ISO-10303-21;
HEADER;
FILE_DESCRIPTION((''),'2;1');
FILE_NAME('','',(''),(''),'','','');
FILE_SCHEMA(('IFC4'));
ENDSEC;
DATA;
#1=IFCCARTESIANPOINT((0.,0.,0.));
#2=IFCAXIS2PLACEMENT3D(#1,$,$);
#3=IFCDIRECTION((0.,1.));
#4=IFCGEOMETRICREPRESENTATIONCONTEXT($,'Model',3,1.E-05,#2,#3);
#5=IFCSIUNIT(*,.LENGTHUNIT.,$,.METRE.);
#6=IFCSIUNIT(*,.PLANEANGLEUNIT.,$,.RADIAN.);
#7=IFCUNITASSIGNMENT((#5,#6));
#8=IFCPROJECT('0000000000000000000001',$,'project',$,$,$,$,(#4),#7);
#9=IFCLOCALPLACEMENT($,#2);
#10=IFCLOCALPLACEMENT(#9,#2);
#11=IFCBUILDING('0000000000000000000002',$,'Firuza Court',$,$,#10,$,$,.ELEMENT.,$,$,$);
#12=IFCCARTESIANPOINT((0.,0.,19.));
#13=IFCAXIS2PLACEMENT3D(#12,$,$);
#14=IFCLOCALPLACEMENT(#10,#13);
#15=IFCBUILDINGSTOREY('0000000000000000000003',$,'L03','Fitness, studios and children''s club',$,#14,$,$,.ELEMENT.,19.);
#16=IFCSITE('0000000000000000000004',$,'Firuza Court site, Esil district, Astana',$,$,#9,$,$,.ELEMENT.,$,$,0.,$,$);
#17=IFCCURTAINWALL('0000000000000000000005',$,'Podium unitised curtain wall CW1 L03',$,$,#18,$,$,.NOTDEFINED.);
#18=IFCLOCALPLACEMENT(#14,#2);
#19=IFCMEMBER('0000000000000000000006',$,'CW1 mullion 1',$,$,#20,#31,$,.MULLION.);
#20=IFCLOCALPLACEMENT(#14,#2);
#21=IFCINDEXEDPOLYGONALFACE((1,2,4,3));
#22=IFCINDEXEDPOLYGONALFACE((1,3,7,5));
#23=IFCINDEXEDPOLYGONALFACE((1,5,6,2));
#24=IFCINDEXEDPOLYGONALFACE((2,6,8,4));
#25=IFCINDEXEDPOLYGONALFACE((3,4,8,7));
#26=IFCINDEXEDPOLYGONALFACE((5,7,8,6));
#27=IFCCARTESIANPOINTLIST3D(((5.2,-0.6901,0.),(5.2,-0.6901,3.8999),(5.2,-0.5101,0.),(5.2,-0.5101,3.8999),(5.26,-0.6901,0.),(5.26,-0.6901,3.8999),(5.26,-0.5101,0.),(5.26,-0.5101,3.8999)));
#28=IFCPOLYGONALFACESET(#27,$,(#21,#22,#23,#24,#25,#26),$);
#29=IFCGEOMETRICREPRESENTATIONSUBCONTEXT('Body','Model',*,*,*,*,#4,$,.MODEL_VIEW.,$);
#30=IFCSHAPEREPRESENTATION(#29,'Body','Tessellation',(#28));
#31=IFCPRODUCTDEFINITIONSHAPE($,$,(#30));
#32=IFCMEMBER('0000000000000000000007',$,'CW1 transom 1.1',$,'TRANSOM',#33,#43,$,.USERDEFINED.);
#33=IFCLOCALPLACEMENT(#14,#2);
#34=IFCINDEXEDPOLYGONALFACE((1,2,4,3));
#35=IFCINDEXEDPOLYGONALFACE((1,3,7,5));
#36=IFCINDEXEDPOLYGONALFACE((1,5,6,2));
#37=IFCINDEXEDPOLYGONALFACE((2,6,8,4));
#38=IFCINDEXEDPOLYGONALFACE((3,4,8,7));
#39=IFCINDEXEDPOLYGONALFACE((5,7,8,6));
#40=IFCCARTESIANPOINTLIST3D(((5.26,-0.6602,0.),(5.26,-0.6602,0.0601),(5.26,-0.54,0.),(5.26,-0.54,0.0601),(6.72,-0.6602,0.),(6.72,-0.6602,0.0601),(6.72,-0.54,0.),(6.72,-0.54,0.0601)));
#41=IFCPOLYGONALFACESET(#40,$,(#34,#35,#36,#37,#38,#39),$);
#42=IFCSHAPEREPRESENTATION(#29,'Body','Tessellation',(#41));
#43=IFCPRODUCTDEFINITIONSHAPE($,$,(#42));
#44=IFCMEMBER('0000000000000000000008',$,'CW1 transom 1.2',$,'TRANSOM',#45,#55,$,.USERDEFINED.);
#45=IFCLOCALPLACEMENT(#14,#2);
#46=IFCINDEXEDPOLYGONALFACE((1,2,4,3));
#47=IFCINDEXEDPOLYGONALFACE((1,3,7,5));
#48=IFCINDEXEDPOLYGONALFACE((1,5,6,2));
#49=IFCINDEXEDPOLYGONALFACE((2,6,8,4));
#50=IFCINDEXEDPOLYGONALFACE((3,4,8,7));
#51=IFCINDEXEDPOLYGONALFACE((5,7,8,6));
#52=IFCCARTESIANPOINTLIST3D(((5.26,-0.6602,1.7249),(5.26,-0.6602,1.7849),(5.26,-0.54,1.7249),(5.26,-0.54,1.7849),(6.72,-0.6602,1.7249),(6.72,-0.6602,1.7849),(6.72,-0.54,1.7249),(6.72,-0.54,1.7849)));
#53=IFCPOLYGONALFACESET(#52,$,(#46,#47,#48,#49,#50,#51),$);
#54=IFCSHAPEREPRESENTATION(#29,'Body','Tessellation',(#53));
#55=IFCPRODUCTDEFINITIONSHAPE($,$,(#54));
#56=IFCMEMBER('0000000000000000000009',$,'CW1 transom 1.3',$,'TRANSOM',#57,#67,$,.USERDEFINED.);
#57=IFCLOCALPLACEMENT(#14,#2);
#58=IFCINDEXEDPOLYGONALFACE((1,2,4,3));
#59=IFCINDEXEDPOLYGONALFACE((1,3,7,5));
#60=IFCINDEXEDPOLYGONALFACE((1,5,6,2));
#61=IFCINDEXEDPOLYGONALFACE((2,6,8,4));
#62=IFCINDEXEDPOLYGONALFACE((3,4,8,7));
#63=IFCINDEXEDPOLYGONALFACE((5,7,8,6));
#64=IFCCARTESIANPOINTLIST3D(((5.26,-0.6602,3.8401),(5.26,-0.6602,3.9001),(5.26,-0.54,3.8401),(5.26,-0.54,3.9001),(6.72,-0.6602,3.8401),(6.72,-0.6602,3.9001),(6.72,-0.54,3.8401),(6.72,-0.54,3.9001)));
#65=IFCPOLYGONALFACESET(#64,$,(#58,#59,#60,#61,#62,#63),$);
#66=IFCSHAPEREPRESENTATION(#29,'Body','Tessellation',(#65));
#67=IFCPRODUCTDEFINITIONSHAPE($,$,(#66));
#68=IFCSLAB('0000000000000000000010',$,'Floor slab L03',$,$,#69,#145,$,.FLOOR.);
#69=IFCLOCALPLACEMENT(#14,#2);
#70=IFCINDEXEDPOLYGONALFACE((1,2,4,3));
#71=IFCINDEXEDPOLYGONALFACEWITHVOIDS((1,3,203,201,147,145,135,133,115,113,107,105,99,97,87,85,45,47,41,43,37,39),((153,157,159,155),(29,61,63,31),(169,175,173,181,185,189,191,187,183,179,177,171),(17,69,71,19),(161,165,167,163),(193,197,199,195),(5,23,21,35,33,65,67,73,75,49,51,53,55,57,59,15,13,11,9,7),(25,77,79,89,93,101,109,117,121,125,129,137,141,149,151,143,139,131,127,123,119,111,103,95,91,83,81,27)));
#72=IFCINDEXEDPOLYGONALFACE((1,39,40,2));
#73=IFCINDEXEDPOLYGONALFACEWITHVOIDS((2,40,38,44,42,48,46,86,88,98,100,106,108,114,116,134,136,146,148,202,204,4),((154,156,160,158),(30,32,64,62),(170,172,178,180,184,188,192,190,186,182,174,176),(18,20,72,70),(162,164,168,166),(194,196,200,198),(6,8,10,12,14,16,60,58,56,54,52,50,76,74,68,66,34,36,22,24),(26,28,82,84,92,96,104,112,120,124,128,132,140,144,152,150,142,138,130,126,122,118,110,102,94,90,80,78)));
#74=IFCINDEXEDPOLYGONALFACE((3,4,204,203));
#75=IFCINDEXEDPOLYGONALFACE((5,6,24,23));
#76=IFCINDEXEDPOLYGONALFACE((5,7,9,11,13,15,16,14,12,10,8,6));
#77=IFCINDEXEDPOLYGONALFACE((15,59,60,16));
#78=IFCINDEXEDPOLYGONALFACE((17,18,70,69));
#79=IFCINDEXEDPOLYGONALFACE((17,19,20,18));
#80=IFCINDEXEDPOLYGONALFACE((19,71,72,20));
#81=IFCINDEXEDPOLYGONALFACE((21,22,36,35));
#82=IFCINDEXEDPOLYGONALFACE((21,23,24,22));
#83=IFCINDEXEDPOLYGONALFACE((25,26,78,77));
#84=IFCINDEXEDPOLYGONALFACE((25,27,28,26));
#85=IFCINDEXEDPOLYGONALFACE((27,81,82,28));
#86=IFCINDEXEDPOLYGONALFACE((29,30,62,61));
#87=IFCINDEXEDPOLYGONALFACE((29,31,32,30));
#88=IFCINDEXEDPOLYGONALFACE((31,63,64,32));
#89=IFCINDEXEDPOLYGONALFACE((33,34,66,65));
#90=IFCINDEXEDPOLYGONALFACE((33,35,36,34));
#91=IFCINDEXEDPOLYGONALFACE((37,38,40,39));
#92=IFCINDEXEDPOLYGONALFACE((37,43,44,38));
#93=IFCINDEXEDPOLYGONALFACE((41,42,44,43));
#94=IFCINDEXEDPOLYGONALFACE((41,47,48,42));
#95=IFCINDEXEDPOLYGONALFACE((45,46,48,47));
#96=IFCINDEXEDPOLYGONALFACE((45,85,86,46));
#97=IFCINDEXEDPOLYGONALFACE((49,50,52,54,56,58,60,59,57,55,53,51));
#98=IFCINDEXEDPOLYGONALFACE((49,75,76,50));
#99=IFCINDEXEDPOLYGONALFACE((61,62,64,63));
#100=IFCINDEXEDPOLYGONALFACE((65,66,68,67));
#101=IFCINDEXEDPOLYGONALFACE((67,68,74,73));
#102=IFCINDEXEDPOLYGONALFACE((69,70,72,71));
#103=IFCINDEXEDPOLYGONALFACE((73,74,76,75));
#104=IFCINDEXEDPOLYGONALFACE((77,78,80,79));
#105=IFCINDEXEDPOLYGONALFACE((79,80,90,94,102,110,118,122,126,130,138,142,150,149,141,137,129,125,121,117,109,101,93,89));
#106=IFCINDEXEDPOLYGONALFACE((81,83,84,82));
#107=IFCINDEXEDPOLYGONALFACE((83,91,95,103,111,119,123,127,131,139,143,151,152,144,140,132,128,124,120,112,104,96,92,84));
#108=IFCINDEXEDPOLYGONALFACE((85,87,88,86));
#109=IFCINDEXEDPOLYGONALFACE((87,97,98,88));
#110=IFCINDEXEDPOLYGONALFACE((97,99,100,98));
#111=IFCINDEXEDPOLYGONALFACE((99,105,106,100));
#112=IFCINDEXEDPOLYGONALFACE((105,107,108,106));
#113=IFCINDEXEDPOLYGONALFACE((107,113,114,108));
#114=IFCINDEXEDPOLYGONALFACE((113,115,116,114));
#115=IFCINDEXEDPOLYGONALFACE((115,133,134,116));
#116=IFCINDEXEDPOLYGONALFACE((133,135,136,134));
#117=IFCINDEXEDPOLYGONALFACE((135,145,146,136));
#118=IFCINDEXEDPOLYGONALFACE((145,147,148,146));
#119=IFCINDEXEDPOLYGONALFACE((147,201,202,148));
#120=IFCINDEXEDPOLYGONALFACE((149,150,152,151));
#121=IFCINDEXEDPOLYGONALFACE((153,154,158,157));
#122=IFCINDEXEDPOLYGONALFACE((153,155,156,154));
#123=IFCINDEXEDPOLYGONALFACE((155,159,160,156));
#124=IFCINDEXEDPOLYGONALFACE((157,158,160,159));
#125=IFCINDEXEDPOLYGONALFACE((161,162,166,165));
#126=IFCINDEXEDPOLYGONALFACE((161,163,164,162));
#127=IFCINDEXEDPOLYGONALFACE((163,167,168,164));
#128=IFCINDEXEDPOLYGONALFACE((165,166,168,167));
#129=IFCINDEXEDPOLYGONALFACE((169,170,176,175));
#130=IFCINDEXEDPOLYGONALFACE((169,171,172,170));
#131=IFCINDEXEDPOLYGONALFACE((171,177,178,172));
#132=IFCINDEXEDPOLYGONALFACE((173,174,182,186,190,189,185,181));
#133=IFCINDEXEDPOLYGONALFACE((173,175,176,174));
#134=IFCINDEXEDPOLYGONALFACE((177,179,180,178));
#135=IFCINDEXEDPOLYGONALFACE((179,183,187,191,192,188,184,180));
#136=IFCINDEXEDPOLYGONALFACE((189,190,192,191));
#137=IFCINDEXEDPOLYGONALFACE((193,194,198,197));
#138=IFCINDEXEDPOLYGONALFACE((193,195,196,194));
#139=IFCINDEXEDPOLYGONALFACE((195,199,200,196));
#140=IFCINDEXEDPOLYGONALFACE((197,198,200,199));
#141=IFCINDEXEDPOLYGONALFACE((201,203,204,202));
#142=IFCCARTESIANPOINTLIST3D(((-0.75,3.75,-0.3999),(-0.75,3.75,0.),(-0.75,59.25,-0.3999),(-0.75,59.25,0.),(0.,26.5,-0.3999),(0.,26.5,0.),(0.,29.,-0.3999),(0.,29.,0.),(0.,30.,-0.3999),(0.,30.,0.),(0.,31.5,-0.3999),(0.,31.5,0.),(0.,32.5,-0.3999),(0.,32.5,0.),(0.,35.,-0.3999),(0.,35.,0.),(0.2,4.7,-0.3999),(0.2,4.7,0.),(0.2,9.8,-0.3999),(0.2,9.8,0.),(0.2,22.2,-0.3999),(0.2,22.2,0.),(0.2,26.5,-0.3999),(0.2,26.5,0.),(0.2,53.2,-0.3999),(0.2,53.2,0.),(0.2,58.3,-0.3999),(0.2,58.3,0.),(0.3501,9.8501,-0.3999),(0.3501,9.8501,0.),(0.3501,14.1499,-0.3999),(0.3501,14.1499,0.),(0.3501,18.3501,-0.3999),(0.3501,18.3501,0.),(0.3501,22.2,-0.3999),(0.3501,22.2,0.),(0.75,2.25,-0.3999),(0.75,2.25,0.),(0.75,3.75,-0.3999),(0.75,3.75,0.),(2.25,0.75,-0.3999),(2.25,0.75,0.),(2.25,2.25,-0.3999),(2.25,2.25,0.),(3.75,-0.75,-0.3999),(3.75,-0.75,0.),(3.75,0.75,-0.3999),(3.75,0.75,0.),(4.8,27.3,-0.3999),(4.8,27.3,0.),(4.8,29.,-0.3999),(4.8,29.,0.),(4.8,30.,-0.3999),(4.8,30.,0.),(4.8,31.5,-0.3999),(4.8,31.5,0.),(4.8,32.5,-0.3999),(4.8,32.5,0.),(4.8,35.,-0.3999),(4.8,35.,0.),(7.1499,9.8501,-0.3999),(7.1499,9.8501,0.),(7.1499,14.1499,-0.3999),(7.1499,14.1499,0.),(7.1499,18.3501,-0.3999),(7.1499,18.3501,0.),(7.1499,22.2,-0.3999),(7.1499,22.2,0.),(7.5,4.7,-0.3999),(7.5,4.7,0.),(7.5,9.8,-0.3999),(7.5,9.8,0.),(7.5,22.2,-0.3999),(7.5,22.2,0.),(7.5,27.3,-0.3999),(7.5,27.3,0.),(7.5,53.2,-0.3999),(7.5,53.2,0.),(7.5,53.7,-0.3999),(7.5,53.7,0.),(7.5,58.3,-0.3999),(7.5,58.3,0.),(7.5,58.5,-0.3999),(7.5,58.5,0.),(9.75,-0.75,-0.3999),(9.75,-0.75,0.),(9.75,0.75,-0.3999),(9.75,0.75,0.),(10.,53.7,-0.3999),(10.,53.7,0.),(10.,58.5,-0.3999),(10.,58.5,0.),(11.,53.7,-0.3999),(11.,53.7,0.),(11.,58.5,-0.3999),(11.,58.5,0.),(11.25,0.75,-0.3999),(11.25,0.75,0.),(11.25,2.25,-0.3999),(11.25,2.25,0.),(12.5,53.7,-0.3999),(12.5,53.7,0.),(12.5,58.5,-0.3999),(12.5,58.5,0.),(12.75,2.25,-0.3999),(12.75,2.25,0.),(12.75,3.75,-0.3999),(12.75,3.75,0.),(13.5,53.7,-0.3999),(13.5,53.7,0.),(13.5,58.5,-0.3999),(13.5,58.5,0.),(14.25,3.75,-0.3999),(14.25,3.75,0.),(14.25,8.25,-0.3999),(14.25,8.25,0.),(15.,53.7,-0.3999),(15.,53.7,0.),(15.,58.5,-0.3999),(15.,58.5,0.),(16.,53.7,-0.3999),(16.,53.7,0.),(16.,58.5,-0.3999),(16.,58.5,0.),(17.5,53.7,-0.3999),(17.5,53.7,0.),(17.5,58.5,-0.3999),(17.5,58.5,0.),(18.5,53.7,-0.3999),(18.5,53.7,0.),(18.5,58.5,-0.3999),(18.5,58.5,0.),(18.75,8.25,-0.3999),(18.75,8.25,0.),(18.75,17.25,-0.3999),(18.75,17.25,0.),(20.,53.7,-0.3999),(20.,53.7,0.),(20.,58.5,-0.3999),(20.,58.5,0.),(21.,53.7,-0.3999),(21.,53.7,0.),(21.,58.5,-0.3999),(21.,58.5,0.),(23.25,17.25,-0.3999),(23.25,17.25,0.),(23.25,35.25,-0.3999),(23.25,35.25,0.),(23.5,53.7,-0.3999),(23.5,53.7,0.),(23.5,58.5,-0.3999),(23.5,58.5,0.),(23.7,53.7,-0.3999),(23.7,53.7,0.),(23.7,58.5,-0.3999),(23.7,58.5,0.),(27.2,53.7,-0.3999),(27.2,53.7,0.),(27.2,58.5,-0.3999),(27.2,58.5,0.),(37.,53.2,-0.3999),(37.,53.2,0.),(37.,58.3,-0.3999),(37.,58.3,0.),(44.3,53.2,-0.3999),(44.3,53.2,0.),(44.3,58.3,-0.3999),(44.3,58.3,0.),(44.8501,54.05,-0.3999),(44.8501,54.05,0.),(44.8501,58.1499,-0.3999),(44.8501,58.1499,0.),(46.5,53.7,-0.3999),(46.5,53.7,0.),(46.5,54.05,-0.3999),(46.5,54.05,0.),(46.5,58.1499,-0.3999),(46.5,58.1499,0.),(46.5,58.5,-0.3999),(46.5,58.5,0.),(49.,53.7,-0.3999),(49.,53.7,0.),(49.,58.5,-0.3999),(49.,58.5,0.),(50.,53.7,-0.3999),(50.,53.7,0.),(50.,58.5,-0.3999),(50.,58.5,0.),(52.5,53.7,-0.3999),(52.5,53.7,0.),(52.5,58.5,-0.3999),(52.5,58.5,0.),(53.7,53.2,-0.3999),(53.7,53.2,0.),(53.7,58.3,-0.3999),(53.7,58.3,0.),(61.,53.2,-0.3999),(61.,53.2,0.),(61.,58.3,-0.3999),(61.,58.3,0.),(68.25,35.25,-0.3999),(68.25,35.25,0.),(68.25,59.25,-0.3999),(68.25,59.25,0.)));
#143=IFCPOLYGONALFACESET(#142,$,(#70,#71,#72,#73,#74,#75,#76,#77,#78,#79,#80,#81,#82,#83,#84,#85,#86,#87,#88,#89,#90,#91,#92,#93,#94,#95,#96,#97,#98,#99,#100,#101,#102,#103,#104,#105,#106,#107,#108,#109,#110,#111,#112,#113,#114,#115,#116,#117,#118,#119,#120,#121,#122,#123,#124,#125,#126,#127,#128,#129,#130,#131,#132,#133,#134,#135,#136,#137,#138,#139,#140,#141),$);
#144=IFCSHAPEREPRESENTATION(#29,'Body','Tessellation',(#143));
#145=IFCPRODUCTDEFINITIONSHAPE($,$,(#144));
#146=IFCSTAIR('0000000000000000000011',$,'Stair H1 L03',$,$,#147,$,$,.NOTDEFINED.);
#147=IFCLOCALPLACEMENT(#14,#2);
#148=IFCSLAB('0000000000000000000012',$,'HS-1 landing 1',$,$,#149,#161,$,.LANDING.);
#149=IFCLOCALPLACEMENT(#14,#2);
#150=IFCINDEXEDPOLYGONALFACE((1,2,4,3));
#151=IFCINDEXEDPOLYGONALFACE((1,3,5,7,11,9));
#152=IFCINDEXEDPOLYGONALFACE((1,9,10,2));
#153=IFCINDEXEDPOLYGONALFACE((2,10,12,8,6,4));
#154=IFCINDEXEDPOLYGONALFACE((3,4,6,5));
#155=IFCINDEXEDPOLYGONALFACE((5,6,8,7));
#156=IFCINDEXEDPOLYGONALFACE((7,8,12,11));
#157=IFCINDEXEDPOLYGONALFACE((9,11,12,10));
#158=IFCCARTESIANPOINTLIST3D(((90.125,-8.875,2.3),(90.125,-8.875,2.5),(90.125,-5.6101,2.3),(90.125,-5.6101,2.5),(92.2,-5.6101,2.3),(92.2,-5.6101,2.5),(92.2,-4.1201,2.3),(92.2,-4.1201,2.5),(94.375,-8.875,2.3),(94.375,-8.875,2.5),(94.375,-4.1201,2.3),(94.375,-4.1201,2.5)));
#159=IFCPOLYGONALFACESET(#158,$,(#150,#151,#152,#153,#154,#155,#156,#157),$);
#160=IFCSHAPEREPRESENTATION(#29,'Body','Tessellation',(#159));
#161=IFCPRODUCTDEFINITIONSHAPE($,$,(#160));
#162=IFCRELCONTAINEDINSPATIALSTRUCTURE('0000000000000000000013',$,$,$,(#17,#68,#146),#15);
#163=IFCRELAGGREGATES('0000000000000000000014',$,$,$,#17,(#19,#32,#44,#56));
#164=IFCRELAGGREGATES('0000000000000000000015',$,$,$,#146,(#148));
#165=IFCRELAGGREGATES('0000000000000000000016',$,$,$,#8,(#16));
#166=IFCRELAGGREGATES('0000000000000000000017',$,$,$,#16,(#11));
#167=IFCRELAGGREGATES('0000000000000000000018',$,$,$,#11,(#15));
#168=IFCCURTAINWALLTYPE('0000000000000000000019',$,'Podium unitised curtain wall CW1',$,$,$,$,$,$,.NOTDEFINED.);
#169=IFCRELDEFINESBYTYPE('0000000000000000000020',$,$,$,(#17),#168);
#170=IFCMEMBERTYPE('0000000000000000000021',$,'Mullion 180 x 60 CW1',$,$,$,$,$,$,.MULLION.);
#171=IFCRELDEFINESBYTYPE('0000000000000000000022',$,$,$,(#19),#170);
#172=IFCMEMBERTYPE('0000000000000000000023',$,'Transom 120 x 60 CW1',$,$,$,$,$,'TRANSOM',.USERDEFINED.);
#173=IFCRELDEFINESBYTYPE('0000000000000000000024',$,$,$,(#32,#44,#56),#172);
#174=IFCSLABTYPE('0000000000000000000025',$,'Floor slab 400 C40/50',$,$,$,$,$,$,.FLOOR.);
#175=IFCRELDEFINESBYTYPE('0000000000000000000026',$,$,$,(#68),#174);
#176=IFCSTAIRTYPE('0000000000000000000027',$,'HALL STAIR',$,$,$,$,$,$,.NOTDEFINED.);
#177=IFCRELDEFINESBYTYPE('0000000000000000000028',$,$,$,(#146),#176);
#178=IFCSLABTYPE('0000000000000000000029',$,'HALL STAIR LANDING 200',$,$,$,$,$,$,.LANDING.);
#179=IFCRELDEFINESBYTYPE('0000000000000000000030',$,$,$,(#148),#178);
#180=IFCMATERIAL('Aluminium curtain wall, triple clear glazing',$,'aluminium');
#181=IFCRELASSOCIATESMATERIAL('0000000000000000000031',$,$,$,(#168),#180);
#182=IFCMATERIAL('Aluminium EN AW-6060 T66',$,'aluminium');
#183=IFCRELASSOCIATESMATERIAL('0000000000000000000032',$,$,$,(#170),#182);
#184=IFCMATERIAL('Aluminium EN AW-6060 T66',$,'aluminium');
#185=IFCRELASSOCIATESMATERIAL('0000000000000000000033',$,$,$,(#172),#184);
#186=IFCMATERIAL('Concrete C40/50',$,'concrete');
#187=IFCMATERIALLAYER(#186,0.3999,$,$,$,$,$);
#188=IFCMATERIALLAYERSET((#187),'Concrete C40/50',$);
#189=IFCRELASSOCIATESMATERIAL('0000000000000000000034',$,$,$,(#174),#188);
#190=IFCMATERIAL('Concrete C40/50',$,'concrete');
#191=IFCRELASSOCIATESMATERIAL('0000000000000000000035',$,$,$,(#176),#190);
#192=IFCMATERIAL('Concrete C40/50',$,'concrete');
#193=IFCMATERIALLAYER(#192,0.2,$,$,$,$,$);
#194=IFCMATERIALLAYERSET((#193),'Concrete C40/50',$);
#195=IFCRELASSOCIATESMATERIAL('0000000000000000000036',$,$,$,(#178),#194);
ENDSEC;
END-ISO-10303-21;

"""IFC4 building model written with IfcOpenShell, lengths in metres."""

from ifc_helpers import new_model, si_unit, direction, frame, origin, origin_2d, place, context, subcontext, project, spatial, polyline, rectangle, outline, extrude, material, layer, layer_set, material_profile, profile_set, type_object, element, aggregate, save


model = new_model("IFC4")

# Units and contexts
model_context = context("Model", 3, precision=1e-05, world=origin(), true_north=direction((0.0, 1.0)))
body_context = subcontext(model_context, "Body", "Model", "MODEL_VIEW")
ifc_project = project(units=[si_unit("LENGTHUNIT", "METRE"), si_unit("PLANEANGLEUNIT", "RADIAN")], contexts=[model_context])

# Site, building, storey
site_placement = place(None, origin())
site = spatial("IfcSite", under=ifc_project, at=site_placement, Name="Firuza Court site, Esil district, Astana", CompositionType="ELEMENT", RefElevation=0.0)
building_placement = place(site_placement, origin())
building = spatial("IfcBuilding", under=site, at=building_placement, Name="Firuza Court", CompositionType="ELEMENT")
storey_placement = place(building_placement, frame((0.0, 0.0, 19.0)))
storey = spatial("IfcBuildingStorey", under=building, at=storey_placement, Name="L03", Description="Fitness, studios and children's club", CompositionType="ELEMENT", Elevation=19.0)

# Curtain wall, members
ifc_material_1 = material(Name="Aluminium curtain wall, triple clear glazing", Category="aluminium")
curtain_wall_type = type_object("IfcCurtainWallType", Name="Podium unitised curtain wall CW1", PredefinedType="NOTDEFINED", material=ifc_material_1)
curtain_wall_placement = place(storey_placement, origin())
curtain_wall = element("IfcCurtainWall", 1, at=curtain_wall_placement, inside=storey, type_object=curtain_wall_type, Name="Podium unitised curtain wall CW1 L03", PredefinedType="NOTDEFINED")
ifc_material_2 = material(Name="Aluminium EN AW-6060 T66", Category="aluminium")
ifc_material_profile_1 = material_profile(ifc_material_2, rectangle(XDim=0.1799, YDim=0.0601, at=origin_2d()), Name="Mullion 180 x 60 CW1")
ifc_profile_set_1 = profile_set([ifc_material_profile_1], Name="Aluminium EN AW-6060 T66")
member_type_1 = type_object("IfcMemberType", Name="Mullion 180 x 60 CW1", PredefinedType="MULLION", material=ifc_profile_set_1)
member_1_placement = place(storey_placement, frame((5.23, -0.6001, 0.0), z_axis=(0.0, 0.0, 1.0), x_axis=(0.0, 1.0, 0.0)))
member_1 = element("IfcMember", 2, at=member_1_placement, type_object=member_type_1, Name="CW1 mullion 1", PredefinedType="MULLION", context=body_context, shape_type="SweptSolid", body=[
    extrude(rectangle(XDim=0.1799, YDim=0.0601, at=origin_2d()), origin(), (0.0, 0.0, 1.0), 3.8999),
])
ifc_material_3 = material(Name="Aluminium EN AW-6060 T66", Category="aluminium")
ifc_material_profile_2 = material_profile(ifc_material_3, rectangle(XDim=0.1201, YDim=0.0601, at=origin_2d()), Name="Transom 120 x 60 CW1")
ifc_profile_set_2 = profile_set([ifc_material_profile_2], Name="Aluminium EN AW-6060 T66")
member_type_2 = type_object("IfcMemberType", Name="Transom 120 x 60 CW1", ElementType="TRANSOM", PredefinedType="USERDEFINED", material=ifc_profile_set_2)
member_2_placement = place(storey_placement, frame((5.26, -0.6001, 0.03), z_axis=(1.0, 0.0, 0.0), x_axis=(0.0, 1.0, 0.0)))
member_2 = element("IfcMember", 3, at=member_2_placement, type_object=member_type_2, Name="CW1 transom 1.1", ObjectType="TRANSOM", PredefinedType="USERDEFINED", context=body_context, shape_type="SweptSolid", body=[
    extrude(rectangle(XDim=0.1201, YDim=0.0601, at=origin_2d()), origin(), (0.0, 0.0, 1.0), 1.46),
])
member_3_placement = place(storey_placement, frame((5.26, -0.6001, 1.7549), z_axis=(1.0, 0.0, 0.0), x_axis=(0.0, 1.0, 0.0)))
member_3 = element("IfcMember", 4, at=member_3_placement, type_object=member_type_2, Name="CW1 transom 1.2", ObjectType="TRANSOM", PredefinedType="USERDEFINED", context=body_context, shape_type="SweptSolid", body=[
    extrude(rectangle(XDim=0.1201, YDim=0.0601, at=origin_2d()), origin(), (0.0, 0.0, 1.0), 1.46),
])
member_4_placement = place(storey_placement, frame((5.26, -0.6001, 3.8701), z_axis=(1.0, 0.0, 0.0), x_axis=(0.0, 1.0, 0.0)))
member_4 = element("IfcMember", 5, at=member_4_placement, type_object=member_type_2, Name="CW1 transom 1.3", ObjectType="TRANSOM", PredefinedType="USERDEFINED", context=body_context, shape_type="SweptSolid", body=[
    extrude(rectangle(XDim=0.1201, YDim=0.0601, at=origin_2d()), origin(), (0.0, 0.0, 1.0), 1.46),
])
aggregate(curtain_wall, [member_1, member_2, member_3, member_4])

# Slab
ifc_material_4 = material(Name="Concrete C40/50", Category="concrete")
ifc_layer_1 = layer(ifc_material_4, 0.3999)
ifc_layer_set_1 = layer_set([ifc_layer_1], Name="Concrete C40/50")
slab_type_1 = type_object("IfcSlabType", Name="Floor slab 400 C40/50", PredefinedType="FLOOR", material=ifc_layer_set_1)
slab_1_placement = place(storey_placement, frame((0.0, 0.0, -0.3999)))
element("IfcSlab", 6, at=slab_1_placement, inside=storey, type_object=slab_type_1, Name="Floor slab L03", PredefinedType="FLOOR", context=body_context, shape_type="SweptSolid", body=[
    extrude(outline(polyline([(3.75, -0.75), (3.75, 0.75), (2.25, 0.75), (2.25, 2.25), (0.75, 2.25), (0.75, 3.75), (-0.75, 3.75), (-0.75, 59.25), (68.25, 59.25), (68.25, 35.25), (23.25, 35.25), (23.25, 17.25), (18.75, 17.25), (18.75, 8.25), (14.25, 8.25), (14.25, 3.75), (12.75, 3.75), (12.75, 2.25), (11.25, 2.25), (11.25, 0.75), (9.75, 0.75), (9.75, -0.75), (3.75, -0.75)]), holes=[polyline([(7.5, 9.8), (0.2, 9.8), (0.2, 4.7), (7.5, 4.7), (7.5, 9.8)]), polyline([(7.1499, 14.1499), (0.3501, 14.1499), (0.3501, 9.8501), (7.1499, 9.8501), (7.1499, 14.1499)]), polyline([(0.2, 22.2), (0.3501, 22.2), (0.3501, 18.3501), (7.1499, 18.3501), (7.1499, 22.2), (7.5, 22.2), (7.5, 27.3), (4.8, 27.3), (4.8, 29.0), (4.8, 30.0), (4.8, 31.5), (4.8, 32.5), (4.8, 35.0), (0.0, 35.0), (0.0, 32.5), (0.0, 31.5), (0.0, 30.0), (0.0, 29.0), (0.0, 26.5), (0.2, 26.5), (0.2, 22.2)]), polyline([(7.5, 58.3), (0.2, 58.3), (0.2, 53.2), (7.5, 53.2), (7.5, 53.7), (10.0, 53.7), (11.0, 53.7), (12.5, 53.7), (13.5, 53.7), (15.0, 53.7), (16.0, 53.7), (17.5, 53.7), (18.5, 53.7), (20.0, 53.7), (21.0, 53.7), (23.5, 53.7), (23.5, 58.5), (21.0, 58.5), (20.0, 58.5), (18.5, 58.5), (17.5, 58.5), (16.0, 58.5), (15.0, 58.5), (13.5, 58.5), (12.5, 58.5), (11.0, 58.5), (10.0, 58.5), (7.5, 58.5), (7.5, 58.3)]), polyline([(44.3, 58.3), (37.0, 58.3), (37.0, 53.2), (44.3, 53.2), (44.3, 58.3)]), polyline([(61.0, 58.3), (53.7, 58.3), (53.7, 53.2), (61.0, 53.2), (61.0, 58.3)]), polyline([(27.2, 58.5), (23.7, 58.5), (23.7, 53.7), (27.2, 53.7), (27.2, 58.5)]), polyline([(46.5, 58.1499), (44.8501, 58.1499), (44.8501, 54.05), (46.5, 54.05), (46.5, 53.7), (49.0, 53.7), (50.0, 53.7), (52.5, 53.7), (52.5, 58.5), (50.0, 58.5), (49.0, 58.5), (46.5, 58.5), (46.5, 58.1499)])]), origin(), (0.0, 0.0, 1.0), 0.3999),
])

# Stair, slab
ifc_material_5 = material(Name="Concrete C40/50", Category="concrete")
stair_type_1 = type_object("IfcStairType", Name="HALL STAIR", PredefinedType="NOTDEFINED", material=ifc_material_5)
stair_1_placement = place(storey_placement, origin())
stair_1 = element("IfcStair", 7, at=stair_1_placement, inside=storey, type_object=stair_type_1, Name="Stair H1 L03", PredefinedType="NOTDEFINED")
ifc_material_6 = material(Name="Concrete C40/50", Category="concrete")
ifc_layer_2 = layer(ifc_material_6, 0.2)
ifc_layer_set_2 = layer_set([ifc_layer_2], Name="Concrete C40/50")
slab_type_2 = type_object("IfcSlabType", Name="HALL STAIR LANDING 200", PredefinedType="LANDING", material=ifc_layer_set_2)
slab_2_placement = place(storey_placement, frame((0.0, 0.0, 2.3)))
slab_2 = element("IfcSlab", 8, at=slab_2_placement, type_object=slab_type_2, Name="HS-1 landing 1", PredefinedType="LANDING", context=body_context, shape_type="SweptSolid", body=[
    extrude(outline(polyline([(90.125, -5.6101), (92.2, -5.6101), (92.2, -4.1201), (94.375, -4.1201), (94.375, -8.875), (90.125, -8.875), (90.125, -5.6101)])), origin(), (0.0, 0.0, 1.0), 0.2),
])
aggregate(stair_1, [slab_2])

save(model, "model.ifc")
